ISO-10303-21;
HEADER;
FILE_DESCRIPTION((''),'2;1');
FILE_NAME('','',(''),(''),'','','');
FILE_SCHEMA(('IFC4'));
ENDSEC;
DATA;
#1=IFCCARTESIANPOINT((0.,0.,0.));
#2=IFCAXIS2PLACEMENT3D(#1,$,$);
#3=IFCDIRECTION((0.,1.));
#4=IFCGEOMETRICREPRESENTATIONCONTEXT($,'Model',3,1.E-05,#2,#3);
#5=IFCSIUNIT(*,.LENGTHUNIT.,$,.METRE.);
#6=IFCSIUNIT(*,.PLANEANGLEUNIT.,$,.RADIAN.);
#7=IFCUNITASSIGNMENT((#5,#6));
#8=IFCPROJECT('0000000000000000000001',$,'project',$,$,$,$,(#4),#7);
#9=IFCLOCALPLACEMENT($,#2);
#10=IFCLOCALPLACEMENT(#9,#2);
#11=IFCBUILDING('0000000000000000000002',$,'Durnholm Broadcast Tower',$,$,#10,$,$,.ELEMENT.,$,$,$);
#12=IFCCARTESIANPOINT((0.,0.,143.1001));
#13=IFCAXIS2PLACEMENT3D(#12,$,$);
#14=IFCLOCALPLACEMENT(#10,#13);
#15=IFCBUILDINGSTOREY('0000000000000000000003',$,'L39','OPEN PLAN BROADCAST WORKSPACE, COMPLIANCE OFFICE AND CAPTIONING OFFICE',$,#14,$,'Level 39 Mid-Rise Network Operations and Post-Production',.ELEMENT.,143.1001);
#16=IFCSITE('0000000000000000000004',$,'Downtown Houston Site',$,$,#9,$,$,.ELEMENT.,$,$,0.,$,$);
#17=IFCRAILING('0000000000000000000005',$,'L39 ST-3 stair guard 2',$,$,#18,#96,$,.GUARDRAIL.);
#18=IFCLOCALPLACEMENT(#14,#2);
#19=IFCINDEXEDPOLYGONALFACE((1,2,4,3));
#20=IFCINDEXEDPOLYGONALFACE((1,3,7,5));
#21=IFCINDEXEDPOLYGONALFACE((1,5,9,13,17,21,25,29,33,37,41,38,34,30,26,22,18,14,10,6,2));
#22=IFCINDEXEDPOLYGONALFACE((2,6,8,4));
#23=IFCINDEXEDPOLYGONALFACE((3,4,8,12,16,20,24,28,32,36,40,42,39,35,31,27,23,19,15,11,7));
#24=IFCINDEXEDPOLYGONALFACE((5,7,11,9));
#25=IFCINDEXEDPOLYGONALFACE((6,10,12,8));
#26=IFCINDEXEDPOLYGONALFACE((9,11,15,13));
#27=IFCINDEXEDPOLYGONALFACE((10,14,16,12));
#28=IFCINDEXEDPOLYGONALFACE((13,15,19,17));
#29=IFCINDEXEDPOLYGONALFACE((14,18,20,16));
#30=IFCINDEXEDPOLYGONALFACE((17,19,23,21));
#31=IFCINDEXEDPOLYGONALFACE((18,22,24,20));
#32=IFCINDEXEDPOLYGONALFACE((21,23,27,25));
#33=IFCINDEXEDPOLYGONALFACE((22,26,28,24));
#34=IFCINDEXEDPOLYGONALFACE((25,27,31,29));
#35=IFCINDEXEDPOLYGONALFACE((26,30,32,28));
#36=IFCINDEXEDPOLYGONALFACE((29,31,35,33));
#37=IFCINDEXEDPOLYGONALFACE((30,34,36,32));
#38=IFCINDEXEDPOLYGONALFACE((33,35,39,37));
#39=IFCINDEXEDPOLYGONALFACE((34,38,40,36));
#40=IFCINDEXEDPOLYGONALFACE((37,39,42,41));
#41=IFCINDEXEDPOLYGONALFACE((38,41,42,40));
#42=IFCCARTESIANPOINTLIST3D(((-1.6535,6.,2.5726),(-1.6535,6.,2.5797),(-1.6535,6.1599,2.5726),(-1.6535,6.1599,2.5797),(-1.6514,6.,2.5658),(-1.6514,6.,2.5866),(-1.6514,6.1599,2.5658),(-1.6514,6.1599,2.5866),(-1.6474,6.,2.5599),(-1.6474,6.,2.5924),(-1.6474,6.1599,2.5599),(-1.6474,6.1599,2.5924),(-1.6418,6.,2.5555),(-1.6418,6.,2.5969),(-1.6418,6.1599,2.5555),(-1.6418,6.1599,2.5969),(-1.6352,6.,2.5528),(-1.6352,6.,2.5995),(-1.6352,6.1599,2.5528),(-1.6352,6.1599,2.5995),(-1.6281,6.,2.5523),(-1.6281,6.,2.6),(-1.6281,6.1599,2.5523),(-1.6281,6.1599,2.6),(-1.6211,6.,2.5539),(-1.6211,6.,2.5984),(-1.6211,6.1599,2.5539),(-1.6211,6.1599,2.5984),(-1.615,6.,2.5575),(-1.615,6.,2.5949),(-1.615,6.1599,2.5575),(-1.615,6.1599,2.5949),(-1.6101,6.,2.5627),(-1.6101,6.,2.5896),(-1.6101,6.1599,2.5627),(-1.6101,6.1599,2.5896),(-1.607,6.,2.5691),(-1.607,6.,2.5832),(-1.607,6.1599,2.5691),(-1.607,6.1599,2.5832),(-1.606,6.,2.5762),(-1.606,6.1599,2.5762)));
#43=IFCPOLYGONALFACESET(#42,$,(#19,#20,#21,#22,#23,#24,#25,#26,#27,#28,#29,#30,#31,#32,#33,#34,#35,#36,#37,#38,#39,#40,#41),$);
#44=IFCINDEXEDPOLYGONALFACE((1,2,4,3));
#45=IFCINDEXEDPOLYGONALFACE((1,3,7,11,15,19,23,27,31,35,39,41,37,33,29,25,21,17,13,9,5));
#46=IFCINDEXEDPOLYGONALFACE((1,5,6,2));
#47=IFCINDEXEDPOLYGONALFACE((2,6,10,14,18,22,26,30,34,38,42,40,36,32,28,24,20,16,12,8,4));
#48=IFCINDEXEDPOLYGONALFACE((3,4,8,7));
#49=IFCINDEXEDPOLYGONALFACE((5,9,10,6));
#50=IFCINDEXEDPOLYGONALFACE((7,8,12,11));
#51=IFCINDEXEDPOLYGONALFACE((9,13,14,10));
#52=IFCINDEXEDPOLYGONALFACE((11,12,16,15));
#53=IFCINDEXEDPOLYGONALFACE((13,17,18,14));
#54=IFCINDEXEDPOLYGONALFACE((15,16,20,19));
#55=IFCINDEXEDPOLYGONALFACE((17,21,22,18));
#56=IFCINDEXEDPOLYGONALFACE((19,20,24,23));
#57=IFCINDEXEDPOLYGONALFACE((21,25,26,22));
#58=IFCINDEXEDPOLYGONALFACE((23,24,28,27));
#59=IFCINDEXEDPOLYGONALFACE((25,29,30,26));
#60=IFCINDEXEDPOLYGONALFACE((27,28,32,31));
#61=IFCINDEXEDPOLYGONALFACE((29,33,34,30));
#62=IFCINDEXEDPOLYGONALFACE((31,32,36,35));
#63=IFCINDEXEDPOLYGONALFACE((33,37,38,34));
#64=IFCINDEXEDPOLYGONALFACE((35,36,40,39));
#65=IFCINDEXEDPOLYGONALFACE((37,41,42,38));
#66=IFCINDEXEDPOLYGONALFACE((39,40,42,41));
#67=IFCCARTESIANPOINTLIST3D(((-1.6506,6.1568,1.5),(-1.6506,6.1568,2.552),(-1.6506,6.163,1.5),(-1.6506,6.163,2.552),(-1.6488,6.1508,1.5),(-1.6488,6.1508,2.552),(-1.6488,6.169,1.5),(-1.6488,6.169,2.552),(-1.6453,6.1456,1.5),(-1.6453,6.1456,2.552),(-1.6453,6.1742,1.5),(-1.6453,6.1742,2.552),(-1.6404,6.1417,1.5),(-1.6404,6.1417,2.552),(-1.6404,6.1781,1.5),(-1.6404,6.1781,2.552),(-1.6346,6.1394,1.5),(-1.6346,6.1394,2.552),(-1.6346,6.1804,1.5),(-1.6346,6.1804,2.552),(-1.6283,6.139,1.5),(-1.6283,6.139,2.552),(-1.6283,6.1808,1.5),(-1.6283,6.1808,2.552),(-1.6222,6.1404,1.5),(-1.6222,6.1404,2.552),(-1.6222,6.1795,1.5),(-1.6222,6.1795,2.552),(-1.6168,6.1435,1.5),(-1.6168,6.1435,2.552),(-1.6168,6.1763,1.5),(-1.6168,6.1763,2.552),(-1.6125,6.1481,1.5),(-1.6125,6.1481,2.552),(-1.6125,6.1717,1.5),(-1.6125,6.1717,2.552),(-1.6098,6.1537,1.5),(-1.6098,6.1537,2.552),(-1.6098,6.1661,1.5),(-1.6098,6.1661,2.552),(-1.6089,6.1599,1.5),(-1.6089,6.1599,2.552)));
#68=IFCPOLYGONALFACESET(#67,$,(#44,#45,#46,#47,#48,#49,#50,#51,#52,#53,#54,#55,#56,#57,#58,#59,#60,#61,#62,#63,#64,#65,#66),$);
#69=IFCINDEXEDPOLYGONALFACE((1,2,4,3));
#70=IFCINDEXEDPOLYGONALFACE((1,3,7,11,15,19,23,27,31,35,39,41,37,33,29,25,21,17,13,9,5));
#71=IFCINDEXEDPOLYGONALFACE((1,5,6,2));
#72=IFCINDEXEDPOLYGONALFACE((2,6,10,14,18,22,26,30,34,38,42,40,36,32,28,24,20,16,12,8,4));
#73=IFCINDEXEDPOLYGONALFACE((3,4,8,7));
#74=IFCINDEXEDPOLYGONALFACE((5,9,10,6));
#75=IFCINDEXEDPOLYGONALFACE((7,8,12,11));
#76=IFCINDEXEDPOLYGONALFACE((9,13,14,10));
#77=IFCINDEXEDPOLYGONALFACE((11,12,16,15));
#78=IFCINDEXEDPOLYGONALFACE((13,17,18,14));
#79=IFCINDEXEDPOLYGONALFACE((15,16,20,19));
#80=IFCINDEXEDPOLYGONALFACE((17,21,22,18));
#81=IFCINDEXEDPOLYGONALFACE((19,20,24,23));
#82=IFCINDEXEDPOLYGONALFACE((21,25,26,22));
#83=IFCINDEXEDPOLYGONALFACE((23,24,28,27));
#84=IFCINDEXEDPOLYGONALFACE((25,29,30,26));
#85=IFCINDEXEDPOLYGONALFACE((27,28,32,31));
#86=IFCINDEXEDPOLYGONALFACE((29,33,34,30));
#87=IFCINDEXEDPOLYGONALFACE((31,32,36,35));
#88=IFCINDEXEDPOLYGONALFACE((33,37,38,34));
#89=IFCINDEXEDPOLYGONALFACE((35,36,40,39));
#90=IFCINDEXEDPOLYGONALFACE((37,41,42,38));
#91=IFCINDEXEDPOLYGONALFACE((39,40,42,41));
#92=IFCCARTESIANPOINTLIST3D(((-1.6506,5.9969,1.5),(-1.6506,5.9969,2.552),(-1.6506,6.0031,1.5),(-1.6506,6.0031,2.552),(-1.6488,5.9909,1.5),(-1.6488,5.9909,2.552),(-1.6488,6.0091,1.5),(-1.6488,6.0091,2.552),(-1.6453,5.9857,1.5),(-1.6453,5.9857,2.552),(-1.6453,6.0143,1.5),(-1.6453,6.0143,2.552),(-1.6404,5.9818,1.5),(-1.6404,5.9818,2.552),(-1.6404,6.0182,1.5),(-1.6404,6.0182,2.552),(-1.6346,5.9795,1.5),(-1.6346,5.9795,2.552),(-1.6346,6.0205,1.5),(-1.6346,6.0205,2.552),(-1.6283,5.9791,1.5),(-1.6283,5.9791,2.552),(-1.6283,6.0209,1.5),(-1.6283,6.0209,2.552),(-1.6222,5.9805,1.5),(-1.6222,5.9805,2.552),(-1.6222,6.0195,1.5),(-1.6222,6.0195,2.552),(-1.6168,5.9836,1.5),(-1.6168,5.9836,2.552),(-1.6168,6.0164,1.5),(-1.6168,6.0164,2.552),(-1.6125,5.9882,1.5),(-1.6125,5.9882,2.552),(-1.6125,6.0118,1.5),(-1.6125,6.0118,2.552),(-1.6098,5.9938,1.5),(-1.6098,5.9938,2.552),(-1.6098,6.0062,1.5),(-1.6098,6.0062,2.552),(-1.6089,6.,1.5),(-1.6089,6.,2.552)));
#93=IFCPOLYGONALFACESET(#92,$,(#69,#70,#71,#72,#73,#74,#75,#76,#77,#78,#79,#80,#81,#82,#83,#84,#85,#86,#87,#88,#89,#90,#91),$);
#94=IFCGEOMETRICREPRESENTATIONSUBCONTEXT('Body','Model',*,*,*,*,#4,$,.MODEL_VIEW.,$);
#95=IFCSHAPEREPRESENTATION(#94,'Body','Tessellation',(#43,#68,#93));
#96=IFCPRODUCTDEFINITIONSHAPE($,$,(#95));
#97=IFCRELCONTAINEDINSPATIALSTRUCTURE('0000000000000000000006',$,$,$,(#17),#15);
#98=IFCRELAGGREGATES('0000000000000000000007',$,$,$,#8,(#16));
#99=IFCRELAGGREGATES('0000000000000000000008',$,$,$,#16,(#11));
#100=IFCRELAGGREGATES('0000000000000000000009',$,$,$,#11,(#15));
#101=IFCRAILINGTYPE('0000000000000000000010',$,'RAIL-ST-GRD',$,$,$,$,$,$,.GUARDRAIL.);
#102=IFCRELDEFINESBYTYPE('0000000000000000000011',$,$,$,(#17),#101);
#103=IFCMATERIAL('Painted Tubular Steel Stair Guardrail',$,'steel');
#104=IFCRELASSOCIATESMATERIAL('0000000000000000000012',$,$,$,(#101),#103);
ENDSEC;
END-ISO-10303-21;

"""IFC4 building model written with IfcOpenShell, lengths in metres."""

from ifc_helpers import new_model, si_unit, direction, frame, origin, origin_2d, place, context, subcontext, project, spatial, circle, extrude, material, type_object, element, save


model = new_model("IFC4")

# Units and contexts
model_context = context("Model", 3, precision=1e-05, world=origin(), true_north=direction((0.0, 1.0)))
body_context = subcontext(model_context, "Body", "Model", "MODEL_VIEW")
ifc_project = project(units=[si_unit("LENGTHUNIT", "METRE"), si_unit("PLANEANGLEUNIT", "RADIAN")], contexts=[model_context])

# Site, building, storey
site_placement = place(None, origin())
site = spatial("IfcSite", under=ifc_project, at=site_placement, Name="Downtown Houston Site", CompositionType="ELEMENT", RefElevation=0.0)
building_placement = place(site_placement, origin())
building = spatial("IfcBuilding", under=site, at=building_placement, Name="Durnholm Broadcast Tower", CompositionType="ELEMENT")
storey_placement = place(building_placement, frame((0.0, 0.0, 143.1001)))
storey = spatial("IfcBuildingStorey", under=building, at=storey_placement, Name="L39", Description="OPEN PLAN BROADCAST WORKSPACE, COMPLIANCE OFFICE AND CAPTIONING OFFICE", LongName="Level 39 Mid-Rise Network Operations and Post-Production", CompositionType="ELEMENT", Elevation=143.1001)

# Railing
ifc_material_1 = material(Name="Painted Tubular Steel Stair Guardrail", Category="steel")
railing_type_1 = type_object("IfcRailingType", Name="RAIL-ST-GRD", PredefinedType="GUARDRAIL", material=ifc_material_1)
railing_1_placement = place(storey_placement, frame((-1.6299, 6.1599, 1.5)))
element("IfcRailing", 1, at=railing_1_placement, inside=storey, type_object=railing_type_1, Name="L39 ST-3 stair guard 2", PredefinedType="GUARDRAIL", context=body_context, shape_type="SweptSolid", body=[
    extrude(circle(Radius=0.0239, at=origin_2d()), frame((0.0, 0.0, 1.0762), z_axis=(0.0, -1.0, 0.0), x_axis=(1.0, 0.0, 0.0)), (0.0, 0.0, 1.0), 0.1599),
    extrude(circle(Radius=0.021, at=origin_2d()), origin(), (0.0, 0.0, 1.0), 1.052),
    extrude(circle(Radius=0.021, at=origin_2d()), frame((0.0, -0.1599, 0.0)), (0.0, 0.0, 1.0), 1.052),
])

save(model, "model.ifc")
